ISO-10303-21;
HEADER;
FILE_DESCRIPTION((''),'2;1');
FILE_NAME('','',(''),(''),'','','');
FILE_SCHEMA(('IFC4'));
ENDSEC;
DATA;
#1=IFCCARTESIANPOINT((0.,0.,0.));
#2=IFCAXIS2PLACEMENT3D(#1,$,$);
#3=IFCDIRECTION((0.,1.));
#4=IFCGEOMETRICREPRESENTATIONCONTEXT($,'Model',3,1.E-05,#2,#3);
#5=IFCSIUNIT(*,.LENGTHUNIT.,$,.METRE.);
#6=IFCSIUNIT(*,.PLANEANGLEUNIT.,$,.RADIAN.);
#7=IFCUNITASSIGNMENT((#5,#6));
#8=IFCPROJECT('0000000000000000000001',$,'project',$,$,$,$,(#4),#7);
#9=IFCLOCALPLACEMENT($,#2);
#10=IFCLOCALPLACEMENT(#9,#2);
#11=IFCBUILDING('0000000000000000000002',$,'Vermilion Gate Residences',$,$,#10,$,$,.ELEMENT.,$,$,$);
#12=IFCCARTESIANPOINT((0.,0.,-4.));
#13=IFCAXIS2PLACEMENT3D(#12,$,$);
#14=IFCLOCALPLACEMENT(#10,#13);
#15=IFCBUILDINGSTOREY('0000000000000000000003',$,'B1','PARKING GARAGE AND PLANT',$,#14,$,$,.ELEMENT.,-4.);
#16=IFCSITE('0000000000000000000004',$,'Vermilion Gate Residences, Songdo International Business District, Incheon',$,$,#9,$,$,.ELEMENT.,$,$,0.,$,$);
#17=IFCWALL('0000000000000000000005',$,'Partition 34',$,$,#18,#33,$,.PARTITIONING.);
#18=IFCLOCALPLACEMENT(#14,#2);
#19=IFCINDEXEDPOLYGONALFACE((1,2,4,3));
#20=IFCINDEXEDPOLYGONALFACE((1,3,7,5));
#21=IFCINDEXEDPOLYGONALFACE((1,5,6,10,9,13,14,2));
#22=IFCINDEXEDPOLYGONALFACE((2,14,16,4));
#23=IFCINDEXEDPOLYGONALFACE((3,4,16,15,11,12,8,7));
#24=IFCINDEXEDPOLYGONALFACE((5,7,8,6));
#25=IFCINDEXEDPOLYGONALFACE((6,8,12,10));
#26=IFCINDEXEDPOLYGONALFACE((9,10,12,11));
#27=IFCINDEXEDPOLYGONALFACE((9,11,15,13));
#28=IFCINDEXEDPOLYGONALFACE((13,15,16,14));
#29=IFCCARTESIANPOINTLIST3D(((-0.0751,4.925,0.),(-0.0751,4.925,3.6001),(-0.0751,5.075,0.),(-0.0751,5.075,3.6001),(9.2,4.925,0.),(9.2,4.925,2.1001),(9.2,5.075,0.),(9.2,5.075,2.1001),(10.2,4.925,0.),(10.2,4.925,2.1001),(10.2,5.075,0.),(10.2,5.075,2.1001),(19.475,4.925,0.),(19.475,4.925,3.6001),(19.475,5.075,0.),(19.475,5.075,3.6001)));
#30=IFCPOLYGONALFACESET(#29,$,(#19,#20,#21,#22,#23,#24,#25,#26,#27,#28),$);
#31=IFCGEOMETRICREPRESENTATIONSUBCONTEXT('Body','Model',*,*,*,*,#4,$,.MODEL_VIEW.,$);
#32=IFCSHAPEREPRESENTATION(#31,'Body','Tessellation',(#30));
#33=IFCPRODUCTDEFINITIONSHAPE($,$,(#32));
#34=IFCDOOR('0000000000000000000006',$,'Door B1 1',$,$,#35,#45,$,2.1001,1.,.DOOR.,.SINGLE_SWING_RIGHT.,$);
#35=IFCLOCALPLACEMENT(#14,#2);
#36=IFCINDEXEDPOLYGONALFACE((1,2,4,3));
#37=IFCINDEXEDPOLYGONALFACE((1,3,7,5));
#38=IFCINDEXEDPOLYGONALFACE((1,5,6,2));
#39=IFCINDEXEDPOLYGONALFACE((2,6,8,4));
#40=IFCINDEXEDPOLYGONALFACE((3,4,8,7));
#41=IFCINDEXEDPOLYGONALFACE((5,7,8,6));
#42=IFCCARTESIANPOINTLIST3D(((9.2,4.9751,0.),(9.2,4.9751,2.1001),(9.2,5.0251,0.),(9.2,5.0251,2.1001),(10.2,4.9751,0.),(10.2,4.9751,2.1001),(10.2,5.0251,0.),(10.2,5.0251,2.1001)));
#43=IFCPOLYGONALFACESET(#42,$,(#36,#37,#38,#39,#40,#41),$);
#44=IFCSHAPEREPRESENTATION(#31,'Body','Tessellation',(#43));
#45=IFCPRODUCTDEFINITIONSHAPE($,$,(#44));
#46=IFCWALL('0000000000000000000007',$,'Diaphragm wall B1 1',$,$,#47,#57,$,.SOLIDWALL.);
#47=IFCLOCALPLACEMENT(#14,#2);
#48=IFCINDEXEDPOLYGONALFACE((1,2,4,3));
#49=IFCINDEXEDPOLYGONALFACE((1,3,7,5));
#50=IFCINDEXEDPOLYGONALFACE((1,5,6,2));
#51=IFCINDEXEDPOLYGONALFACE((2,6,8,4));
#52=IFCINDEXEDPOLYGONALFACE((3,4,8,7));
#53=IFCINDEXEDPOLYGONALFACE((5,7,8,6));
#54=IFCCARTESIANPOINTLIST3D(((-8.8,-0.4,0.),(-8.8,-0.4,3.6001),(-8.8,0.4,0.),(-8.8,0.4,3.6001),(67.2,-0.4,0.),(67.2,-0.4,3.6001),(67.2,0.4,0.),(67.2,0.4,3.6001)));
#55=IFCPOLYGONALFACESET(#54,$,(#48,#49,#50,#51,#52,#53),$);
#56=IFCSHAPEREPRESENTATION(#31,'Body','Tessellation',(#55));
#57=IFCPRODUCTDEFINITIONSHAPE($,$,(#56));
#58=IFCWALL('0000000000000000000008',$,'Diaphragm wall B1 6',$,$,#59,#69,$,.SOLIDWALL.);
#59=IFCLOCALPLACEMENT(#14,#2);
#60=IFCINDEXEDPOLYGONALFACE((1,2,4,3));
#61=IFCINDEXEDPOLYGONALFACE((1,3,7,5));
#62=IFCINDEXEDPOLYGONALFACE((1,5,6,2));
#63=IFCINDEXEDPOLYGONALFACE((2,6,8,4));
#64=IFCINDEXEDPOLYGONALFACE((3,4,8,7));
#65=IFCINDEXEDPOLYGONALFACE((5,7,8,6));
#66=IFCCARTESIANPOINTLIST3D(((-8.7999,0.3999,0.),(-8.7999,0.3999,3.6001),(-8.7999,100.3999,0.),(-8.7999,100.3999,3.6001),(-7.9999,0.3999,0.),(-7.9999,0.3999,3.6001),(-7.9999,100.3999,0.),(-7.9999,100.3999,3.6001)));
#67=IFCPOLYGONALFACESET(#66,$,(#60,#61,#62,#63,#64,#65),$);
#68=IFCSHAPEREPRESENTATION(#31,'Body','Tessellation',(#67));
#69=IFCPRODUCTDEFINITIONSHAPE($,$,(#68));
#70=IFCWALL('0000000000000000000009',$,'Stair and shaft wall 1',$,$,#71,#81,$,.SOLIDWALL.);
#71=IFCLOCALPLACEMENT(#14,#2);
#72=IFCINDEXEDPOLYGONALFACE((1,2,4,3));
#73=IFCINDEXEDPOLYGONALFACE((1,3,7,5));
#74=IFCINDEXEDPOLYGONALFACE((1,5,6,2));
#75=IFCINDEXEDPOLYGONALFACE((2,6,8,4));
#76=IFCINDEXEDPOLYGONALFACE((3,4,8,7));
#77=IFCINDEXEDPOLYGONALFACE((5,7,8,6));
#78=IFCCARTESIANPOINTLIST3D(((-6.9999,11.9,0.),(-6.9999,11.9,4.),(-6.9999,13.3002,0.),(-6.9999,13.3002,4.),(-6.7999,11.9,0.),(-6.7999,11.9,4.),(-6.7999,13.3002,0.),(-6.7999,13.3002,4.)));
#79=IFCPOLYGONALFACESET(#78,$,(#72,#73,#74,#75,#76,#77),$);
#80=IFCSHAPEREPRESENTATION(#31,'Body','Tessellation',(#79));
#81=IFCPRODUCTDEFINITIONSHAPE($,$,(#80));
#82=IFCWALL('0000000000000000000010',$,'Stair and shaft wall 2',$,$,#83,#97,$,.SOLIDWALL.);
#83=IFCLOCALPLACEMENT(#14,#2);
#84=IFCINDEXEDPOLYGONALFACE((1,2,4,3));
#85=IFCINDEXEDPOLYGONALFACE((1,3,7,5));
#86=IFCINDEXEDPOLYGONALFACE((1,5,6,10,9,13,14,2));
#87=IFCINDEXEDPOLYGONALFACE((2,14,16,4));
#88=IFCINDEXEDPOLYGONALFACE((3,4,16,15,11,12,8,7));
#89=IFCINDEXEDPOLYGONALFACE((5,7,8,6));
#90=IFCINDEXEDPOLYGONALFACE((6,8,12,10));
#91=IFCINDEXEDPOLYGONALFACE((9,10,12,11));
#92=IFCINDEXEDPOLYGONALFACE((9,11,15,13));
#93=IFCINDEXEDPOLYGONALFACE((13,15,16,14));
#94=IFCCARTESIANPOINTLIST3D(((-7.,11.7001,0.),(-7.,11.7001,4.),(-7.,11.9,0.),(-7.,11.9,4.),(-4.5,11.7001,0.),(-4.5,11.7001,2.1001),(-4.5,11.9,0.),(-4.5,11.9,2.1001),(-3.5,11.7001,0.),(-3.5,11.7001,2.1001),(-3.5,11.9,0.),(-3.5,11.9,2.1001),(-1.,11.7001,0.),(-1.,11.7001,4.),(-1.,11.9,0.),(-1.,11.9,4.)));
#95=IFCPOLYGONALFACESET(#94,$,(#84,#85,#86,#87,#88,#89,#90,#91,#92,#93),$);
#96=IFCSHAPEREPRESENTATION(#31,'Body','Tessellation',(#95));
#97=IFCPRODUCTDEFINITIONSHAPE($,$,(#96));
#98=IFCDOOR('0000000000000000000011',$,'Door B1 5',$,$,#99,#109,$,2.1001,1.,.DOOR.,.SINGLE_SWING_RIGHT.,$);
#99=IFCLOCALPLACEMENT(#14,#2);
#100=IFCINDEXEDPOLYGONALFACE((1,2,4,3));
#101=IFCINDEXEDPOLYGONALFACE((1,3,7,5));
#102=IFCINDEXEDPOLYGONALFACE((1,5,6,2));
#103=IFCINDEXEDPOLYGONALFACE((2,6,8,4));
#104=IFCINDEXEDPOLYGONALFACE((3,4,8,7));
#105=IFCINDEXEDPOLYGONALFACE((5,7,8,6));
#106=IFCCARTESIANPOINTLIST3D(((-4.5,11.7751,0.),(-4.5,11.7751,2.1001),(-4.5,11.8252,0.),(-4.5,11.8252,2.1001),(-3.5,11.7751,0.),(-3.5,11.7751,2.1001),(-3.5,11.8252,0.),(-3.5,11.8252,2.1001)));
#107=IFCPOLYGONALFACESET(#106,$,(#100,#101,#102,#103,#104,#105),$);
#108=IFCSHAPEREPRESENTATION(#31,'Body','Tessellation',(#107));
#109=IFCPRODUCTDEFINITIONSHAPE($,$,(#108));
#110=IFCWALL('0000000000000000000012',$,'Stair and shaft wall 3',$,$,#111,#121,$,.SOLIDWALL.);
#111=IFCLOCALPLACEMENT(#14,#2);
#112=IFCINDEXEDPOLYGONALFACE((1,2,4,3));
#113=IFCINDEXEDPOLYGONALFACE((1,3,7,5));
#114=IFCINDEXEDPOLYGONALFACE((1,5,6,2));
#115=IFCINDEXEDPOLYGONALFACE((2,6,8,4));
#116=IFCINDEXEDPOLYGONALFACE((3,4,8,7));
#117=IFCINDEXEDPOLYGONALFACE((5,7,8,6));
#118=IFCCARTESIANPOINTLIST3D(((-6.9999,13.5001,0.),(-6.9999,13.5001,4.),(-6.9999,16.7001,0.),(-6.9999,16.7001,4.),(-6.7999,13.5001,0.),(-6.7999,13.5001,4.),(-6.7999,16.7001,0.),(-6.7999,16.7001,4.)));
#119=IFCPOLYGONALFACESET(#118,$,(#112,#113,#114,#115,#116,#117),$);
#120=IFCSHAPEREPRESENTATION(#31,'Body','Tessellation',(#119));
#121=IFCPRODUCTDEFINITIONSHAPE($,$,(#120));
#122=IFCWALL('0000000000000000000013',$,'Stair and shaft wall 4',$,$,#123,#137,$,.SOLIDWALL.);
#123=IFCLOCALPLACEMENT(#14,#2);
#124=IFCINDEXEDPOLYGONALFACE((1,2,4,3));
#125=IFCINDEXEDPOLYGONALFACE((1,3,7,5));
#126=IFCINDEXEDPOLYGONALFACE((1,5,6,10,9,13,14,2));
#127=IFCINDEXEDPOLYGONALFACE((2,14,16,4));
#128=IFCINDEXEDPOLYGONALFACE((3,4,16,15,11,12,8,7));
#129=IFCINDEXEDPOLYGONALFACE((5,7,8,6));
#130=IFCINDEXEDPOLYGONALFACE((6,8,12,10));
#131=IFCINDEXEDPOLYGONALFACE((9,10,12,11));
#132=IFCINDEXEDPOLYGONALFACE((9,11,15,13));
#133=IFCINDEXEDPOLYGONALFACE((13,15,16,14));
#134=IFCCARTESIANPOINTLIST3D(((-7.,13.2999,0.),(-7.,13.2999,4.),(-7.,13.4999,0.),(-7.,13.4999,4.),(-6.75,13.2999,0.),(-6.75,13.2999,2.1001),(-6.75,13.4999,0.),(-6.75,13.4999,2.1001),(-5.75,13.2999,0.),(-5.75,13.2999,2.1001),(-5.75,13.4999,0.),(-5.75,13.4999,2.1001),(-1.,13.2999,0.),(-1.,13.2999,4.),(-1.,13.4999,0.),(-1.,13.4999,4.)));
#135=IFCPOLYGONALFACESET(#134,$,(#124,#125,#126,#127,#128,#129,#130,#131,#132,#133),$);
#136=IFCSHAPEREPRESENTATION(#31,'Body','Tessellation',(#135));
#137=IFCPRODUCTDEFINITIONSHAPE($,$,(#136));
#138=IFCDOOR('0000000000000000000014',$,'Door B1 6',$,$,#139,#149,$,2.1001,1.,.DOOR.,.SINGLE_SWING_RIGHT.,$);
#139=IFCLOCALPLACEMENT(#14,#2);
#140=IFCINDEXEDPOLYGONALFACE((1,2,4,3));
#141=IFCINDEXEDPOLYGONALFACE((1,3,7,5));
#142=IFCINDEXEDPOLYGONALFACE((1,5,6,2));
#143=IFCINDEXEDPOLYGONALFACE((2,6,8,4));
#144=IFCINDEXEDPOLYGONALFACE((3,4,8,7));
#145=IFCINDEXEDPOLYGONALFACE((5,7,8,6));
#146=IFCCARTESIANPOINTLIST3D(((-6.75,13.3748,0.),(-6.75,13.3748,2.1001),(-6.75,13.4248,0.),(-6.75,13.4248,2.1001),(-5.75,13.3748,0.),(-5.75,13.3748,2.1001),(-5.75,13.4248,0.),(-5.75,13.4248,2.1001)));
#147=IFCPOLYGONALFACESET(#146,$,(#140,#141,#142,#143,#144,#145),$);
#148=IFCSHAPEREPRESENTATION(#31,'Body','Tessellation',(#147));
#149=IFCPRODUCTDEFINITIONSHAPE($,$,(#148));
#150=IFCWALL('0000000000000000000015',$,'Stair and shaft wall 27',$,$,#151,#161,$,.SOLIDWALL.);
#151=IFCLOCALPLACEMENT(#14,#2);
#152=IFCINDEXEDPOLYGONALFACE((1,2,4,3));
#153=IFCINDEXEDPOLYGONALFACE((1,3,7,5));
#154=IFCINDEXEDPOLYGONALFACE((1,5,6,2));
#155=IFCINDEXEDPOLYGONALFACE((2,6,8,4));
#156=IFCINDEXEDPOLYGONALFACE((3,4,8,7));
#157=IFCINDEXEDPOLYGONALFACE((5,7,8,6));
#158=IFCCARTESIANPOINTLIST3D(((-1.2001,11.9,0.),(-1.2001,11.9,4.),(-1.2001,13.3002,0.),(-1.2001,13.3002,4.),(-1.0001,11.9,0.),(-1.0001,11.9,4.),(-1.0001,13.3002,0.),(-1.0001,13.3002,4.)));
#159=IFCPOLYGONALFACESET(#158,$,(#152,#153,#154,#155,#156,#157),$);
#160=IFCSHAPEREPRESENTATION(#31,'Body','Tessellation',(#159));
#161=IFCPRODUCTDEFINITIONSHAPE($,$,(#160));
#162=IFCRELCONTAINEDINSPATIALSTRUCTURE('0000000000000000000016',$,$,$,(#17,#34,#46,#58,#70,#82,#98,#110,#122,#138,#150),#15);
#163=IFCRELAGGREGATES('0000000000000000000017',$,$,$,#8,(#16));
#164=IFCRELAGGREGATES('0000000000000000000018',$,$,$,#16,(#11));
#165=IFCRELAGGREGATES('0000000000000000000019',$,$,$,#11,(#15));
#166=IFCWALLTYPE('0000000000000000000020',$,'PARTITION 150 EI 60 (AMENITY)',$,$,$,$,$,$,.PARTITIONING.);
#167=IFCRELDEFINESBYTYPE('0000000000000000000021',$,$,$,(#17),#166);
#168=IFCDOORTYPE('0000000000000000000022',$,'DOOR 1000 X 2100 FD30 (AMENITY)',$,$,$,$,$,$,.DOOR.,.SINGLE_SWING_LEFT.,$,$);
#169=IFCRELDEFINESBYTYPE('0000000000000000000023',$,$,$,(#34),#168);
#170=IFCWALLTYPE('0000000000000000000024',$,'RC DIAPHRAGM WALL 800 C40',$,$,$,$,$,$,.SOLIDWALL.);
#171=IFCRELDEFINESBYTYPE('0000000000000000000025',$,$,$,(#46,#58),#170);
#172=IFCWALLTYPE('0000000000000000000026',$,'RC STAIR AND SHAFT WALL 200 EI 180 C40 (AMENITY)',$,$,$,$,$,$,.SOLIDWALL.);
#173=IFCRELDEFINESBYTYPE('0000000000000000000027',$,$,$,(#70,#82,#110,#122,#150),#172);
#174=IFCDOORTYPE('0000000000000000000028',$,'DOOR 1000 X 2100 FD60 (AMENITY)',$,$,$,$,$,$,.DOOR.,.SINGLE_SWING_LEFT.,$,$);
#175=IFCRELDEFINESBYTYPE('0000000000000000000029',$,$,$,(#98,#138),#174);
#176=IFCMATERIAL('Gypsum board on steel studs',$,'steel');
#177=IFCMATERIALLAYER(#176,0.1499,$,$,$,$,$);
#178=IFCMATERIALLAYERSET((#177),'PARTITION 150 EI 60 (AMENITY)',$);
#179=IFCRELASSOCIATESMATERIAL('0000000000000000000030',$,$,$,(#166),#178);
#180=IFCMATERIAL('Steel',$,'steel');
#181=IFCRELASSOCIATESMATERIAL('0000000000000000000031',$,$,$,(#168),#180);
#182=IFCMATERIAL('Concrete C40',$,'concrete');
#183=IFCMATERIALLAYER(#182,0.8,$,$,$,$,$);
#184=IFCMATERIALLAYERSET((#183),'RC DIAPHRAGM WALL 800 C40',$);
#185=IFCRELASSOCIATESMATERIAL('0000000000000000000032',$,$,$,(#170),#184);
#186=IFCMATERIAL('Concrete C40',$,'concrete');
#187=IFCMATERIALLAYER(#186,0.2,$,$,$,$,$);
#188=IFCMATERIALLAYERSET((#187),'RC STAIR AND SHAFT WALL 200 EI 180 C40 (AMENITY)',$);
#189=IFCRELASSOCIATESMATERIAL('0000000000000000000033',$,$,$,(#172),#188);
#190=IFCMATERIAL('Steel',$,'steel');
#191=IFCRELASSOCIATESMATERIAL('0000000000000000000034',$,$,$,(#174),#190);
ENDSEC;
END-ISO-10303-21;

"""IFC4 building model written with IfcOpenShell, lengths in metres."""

from ifc_helpers import new_model, si_unit, direction, frame, frame_2d, origin, place, context, subcontext, project, spatial, rectangle, extrude, material, layer, layer_set, type_object, element, fill, save


model = new_model("IFC4")

# Units and contexts
model_context = context("Model", 3, precision=1e-05, world=origin(), true_north=direction((0.0, 1.0)))
body_context = subcontext(model_context, "Body", "Model", "MODEL_VIEW")
ifc_project = project(units=[si_unit("LENGTHUNIT", "METRE"), si_unit("PLANEANGLEUNIT", "RADIAN")], contexts=[model_context])

# Site, building, storey
site_placement = place(None, origin())
site = spatial("IfcSite", under=ifc_project, at=site_placement, Name="Vermilion Gate Residences, Songdo International Business District, Incheon", CompositionType="ELEMENT", RefElevation=0.0)
building_placement = place(site_placement, origin())
building = spatial("IfcBuilding", under=site, at=building_placement, Name="Vermilion Gate Residences", CompositionType="ELEMENT")
storey_placement = place(building_placement, frame((0.0, 0.0, -4.0)))
storey = spatial("IfcBuildingStorey", under=building, at=storey_placement, Name="B1", Description="PARKING GARAGE AND PLANT", CompositionType="ELEMENT", Elevation=-4.0)

# Shared definitions
ifc_material_1 = material(Name="Gypsum board on steel studs", Category="steel")
ifc_layer_1 = layer(ifc_material_1, 0.1499)
ifc_layer_set_1 = layer_set([ifc_layer_1], Name="PARTITION 150 EI 60 (AMENITY)")
wall_type_1 = type_object("IfcWallType", Name="PARTITION 150 EI 60 (AMENITY)", PredefinedType="PARTITIONING", material=ifc_layer_set_1)

# Wall, opening, door
wall_1_placement = place(storey_placement, frame((-0.075, 5.0, 0.0), z_axis=(0.0, 0.0, 1.0), x_axis=(1.0, 0.0, 0.0)))
wall_1 = element("IfcWall", 1, at=wall_1_placement, inside=storey, type_object=wall_type_1, Name="Partition 34", PredefinedType="PARTITIONING", context=body_context, shape_type="SweptSolid", body=[
    extrude(rectangle(XDim=19.55, YDim=0.1499, at=frame_2d((9.7749, 0.0))), origin(), (0.0, 0.0, 1.0), 3.6001),
])
opening_1_placement = place(wall_1_placement, frame((9.2749, 0.0, 0.0)))
opening_1 = element("IfcOpeningElement", 2, at=opening_1_placement, cuts=wall_1, PredefinedType="OPENING", context=body_context, shape_type="SweptSolid", body=[
    extrude(rectangle(XDim=1.0, YDim=2.1001, at=frame_2d((0.5, 1.05))), frame((0.0, 0.085, 0.0), z_axis=(0.0, -1.0, 0.0), x_axis=(1.0, 0.0, 0.0)), (0.0, 0.0, 1.0), 0.1699),
])
ifc_material_2 = material(Name="Steel", Category="steel")
door_type_1 = type_object("IfcDoorType", Name="DOOR 1000 X 2100 FD30 (AMENITY)", OperationType="SINGLE_SWING_LEFT", PredefinedType="DOOR", material=ifc_material_2)
door_1_placement = place(opening_1_placement, frame((1.0, 0.0, 0.0), z_axis=(0.0, 0.0, 1.0), x_axis=(-1.0, 0.0, 0.0)))
door_1 = element("IfcDoor", 3, at=door_1_placement, inside=storey, type_object=door_type_1, Name="Door B1 1", OperationType="SINGLE_SWING_RIGHT", OverallHeight=2.1001, OverallWidth=1.0, PredefinedType="DOOR", context=body_context, shape_type="SweptSolid", body=[
    extrude(rectangle(XDim=1.0, YDim=2.1001, at=frame_2d((0.5, 1.05))), frame((0.0, 0.0249, 0.0), z_axis=(0.0, -1.0, 0.0), x_axis=(1.0, 0.0, 0.0)), (0.0, 0.0, 1.0), 0.05),
])
fill(opening_1, door_1)

# Walls
ifc_material_3 = material(Name="Concrete C40", Category="concrete")
ifc_layer_2 = layer(ifc_material_3, 0.8)
ifc_layer_set_2 = layer_set([ifc_layer_2], Name="RC DIAPHRAGM WALL 800 C40")
wall_type_2 = type_object("IfcWallType", Name="RC DIAPHRAGM WALL 800 C40", PredefinedType="SOLIDWALL", material=ifc_layer_set_2)
wall_2_placement = place(storey_placement, frame((-8.8, 0.0, 0.0), z_axis=(0.0, 0.0, 1.0), x_axis=(1.0, 0.0, 0.0)))
element("IfcWall", 4, at=wall_2_placement, inside=storey, type_object=wall_type_2, Name="Diaphragm wall B1 1", PredefinedType="SOLIDWALL", context=body_context, shape_type="SweptSolid", body=[
    extrude(rectangle(XDim=76.0, YDim=0.8, at=frame_2d((38.0, 0.0))), origin(), (0.0, 0.0, 1.0), 3.6001),
])
wall_3_placement = place(storey_placement, frame((-8.3999, 0.3999, 0.0), z_axis=(0.0, 0.0, 1.0), x_axis=(0.0, 1.0, 0.0)))
element("IfcWall", 5, at=wall_3_placement, inside=storey, type_object=wall_type_2, Name="Diaphragm wall B1 6", PredefinedType="SOLIDWALL", context=body_context, shape_type="SweptSolid", body=[
    extrude(rectangle(XDim=100.0, YDim=0.8, at=frame_2d((50.0, 0.0))), origin(), (0.0, 0.0, 1.0), 3.6001),
])
ifc_material_4 = material(Name="Concrete C40", Category="concrete")
ifc_layer_3 = layer(ifc_material_4, 0.2)
ifc_layer_set_3 = layer_set([ifc_layer_3], Name="RC STAIR AND SHAFT WALL 200 EI 180 C40 (AMENITY)")
wall_type_3 = type_object("IfcWallType", Name="RC STAIR AND SHAFT WALL 200 EI 180 C40 (AMENITY)", PredefinedType="SOLIDWALL", material=ifc_layer_set_3)
wall_4_placement = place(storey_placement, frame((-6.8999, 11.8999, 0.0), z_axis=(0.0, 0.0, 1.0), x_axis=(0.0, 1.0, 0.0)))
element("IfcWall", 6, at=wall_4_placement, inside=storey, type_object=wall_type_3, Name="Stair and shaft wall 1", PredefinedType="SOLIDWALL", context=body_context, shape_type="SweptSolid", body=[
    extrude(rectangle(XDim=1.4001, YDim=0.2, at=frame_2d((0.7002, 0.0))), origin(), (0.0, 0.0, 1.0), 4.0),
])

# Wall, opening, door
wall_5_placement = place(storey_placement, frame((-7.0, 11.8, 0.0), z_axis=(0.0, 0.0, 1.0), x_axis=(1.0, 0.0, 0.0)))
wall_5 = element("IfcWall", 7, at=wall_5_placement, inside=storey, type_object=wall_type_3, Name="Stair and shaft wall 2", PredefinedType="SOLIDWALL", context=body_context, shape_type="SweptSolid", body=[
    extrude(rectangle(XDim=6.0, YDim=0.2, at=frame_2d((3.0, 0.0))), origin(), (0.0, 0.0, 1.0), 4.0),
])
opening_2_placement = place(wall_5_placement, frame((2.5, 0.0, 0.0)))
opening_2 = element("IfcOpeningElement", 8, at=opening_2_placement, cuts=wall_5, PredefinedType="OPENING", context=body_context, shape_type="SweptSolid", body=[
    extrude(rectangle(XDim=1.0, YDim=2.1001, at=frame_2d((0.5, 1.05))), frame((0.0, 0.1099, 0.0), z_axis=(0.0, -1.0, 0.0), x_axis=(1.0, 0.0, 0.0)), (0.0, 0.0, 1.0), 0.22),
])
ifc_material_5 = material(Name="Steel", Category="steel")
door_type_2 = type_object("IfcDoorType", Name="DOOR 1000 X 2100 FD60 (AMENITY)", OperationType="SINGLE_SWING_LEFT", PredefinedType="DOOR", material=ifc_material_5)
door_2_placement = place(opening_2_placement, frame((1.0, 0.0, 0.0), z_axis=(0.0, 0.0, 1.0), x_axis=(-1.0, 0.0, 0.0)))
door_2 = element("IfcDoor", 9, at=door_2_placement, inside=storey, type_object=door_type_2, Name="Door B1 5", OperationType="SINGLE_SWING_RIGHT", OverallHeight=2.1001, OverallWidth=1.0, PredefinedType="DOOR", context=body_context, shape_type="SweptSolid", body=[
    extrude(rectangle(XDim=1.0, YDim=2.1001, at=frame_2d((0.5, 1.05))), frame((0.0, 0.0249, 0.0), z_axis=(0.0, -1.0, 0.0), x_axis=(1.0, 0.0, 0.0)), (0.0, 0.0, 1.0), 0.05),
])
fill(opening_2, door_2)

# Wall
wall_6_placement = place(storey_placement, frame((-6.8999, 13.5, 0.0), z_axis=(0.0, 0.0, 1.0), x_axis=(0.0, 1.0, 0.0)))
element("IfcWall", 10, at=wall_6_placement, inside=storey, type_object=wall_type_3, Name="Stair and shaft wall 3", PredefinedType="SOLIDWALL", context=body_context, shape_type="SweptSolid", body=[
    extrude(rectangle(XDim=3.2, YDim=0.2, at=frame_2d((1.6001, 0.0))), origin(), (0.0, 0.0, 1.0), 4.0),
])

# Wall, opening, door
wall_7_placement = place(storey_placement, frame((-7.0, 13.3999, 0.0), z_axis=(0.0, 0.0, 1.0), x_axis=(1.0, 0.0, 0.0)))
wall_7 = element("IfcWall", 11, at=wall_7_placement, inside=storey, type_object=wall_type_3, Name="Stair and shaft wall 4", PredefinedType="SOLIDWALL", context=body_context, shape_type="SweptSolid", body=[
    extrude(rectangle(XDim=6.0, YDim=0.2, at=frame_2d((3.0, 0.0))), origin(), (0.0, 0.0, 1.0), 4.0),
])
opening_3_placement = place(wall_7_placement, frame((0.25, 0.0, 0.0)))
opening_3 = element("IfcOpeningElement", 12, at=opening_3_placement, cuts=wall_7, PredefinedType="OPENING", context=body_context, shape_type="SweptSolid", body=[
    extrude(rectangle(XDim=1.0, YDim=2.1001, at=frame_2d((0.5, 1.05))), frame((0.0, 0.1099, 0.0), z_axis=(0.0, -1.0, 0.0), x_axis=(1.0, 0.0, 0.0)), (0.0, 0.0, 1.0), 0.22),
])
door_3_placement = place(opening_3_placement, origin())
door_3 = element("IfcDoor", 13, at=door_3_placement, inside=storey, type_object=door_type_2, Name="Door B1 6", OperationType="SINGLE_SWING_RIGHT", OverallHeight=2.1001, OverallWidth=1.0, PredefinedType="DOOR", context=body_context, shape_type="SweptSolid", body=[
    extrude(rectangle(XDim=1.0, YDim=2.1001, at=frame_2d((0.5, 1.05))), frame((0.0, 0.0249, 0.0), z_axis=(0.0, -1.0, 0.0), x_axis=(1.0, 0.0, 0.0)), (0.0, 0.0, 1.0), 0.05),
])
fill(opening_3, door_3)

# Wall
wall_8_placement = place(storey_placement, frame((-1.1001, 11.8999, 0.0), z_axis=(0.0, 0.0, 1.0), x_axis=(0.0, 1.0, 0.0)))
element("IfcWall", 14, at=wall_8_placement, inside=storey, type_object=wall_type_3, Name="Stair and shaft wall 27", PredefinedType="SOLIDWALL", context=body_context, shape_type="SweptSolid", body=[
    extrude(rectangle(XDim=1.4001, YDim=0.2, at=frame_2d((0.7002, 0.0))), origin(), (0.0, 0.0, 1.0), 4.0),
])

save(model, "model.ifc")
